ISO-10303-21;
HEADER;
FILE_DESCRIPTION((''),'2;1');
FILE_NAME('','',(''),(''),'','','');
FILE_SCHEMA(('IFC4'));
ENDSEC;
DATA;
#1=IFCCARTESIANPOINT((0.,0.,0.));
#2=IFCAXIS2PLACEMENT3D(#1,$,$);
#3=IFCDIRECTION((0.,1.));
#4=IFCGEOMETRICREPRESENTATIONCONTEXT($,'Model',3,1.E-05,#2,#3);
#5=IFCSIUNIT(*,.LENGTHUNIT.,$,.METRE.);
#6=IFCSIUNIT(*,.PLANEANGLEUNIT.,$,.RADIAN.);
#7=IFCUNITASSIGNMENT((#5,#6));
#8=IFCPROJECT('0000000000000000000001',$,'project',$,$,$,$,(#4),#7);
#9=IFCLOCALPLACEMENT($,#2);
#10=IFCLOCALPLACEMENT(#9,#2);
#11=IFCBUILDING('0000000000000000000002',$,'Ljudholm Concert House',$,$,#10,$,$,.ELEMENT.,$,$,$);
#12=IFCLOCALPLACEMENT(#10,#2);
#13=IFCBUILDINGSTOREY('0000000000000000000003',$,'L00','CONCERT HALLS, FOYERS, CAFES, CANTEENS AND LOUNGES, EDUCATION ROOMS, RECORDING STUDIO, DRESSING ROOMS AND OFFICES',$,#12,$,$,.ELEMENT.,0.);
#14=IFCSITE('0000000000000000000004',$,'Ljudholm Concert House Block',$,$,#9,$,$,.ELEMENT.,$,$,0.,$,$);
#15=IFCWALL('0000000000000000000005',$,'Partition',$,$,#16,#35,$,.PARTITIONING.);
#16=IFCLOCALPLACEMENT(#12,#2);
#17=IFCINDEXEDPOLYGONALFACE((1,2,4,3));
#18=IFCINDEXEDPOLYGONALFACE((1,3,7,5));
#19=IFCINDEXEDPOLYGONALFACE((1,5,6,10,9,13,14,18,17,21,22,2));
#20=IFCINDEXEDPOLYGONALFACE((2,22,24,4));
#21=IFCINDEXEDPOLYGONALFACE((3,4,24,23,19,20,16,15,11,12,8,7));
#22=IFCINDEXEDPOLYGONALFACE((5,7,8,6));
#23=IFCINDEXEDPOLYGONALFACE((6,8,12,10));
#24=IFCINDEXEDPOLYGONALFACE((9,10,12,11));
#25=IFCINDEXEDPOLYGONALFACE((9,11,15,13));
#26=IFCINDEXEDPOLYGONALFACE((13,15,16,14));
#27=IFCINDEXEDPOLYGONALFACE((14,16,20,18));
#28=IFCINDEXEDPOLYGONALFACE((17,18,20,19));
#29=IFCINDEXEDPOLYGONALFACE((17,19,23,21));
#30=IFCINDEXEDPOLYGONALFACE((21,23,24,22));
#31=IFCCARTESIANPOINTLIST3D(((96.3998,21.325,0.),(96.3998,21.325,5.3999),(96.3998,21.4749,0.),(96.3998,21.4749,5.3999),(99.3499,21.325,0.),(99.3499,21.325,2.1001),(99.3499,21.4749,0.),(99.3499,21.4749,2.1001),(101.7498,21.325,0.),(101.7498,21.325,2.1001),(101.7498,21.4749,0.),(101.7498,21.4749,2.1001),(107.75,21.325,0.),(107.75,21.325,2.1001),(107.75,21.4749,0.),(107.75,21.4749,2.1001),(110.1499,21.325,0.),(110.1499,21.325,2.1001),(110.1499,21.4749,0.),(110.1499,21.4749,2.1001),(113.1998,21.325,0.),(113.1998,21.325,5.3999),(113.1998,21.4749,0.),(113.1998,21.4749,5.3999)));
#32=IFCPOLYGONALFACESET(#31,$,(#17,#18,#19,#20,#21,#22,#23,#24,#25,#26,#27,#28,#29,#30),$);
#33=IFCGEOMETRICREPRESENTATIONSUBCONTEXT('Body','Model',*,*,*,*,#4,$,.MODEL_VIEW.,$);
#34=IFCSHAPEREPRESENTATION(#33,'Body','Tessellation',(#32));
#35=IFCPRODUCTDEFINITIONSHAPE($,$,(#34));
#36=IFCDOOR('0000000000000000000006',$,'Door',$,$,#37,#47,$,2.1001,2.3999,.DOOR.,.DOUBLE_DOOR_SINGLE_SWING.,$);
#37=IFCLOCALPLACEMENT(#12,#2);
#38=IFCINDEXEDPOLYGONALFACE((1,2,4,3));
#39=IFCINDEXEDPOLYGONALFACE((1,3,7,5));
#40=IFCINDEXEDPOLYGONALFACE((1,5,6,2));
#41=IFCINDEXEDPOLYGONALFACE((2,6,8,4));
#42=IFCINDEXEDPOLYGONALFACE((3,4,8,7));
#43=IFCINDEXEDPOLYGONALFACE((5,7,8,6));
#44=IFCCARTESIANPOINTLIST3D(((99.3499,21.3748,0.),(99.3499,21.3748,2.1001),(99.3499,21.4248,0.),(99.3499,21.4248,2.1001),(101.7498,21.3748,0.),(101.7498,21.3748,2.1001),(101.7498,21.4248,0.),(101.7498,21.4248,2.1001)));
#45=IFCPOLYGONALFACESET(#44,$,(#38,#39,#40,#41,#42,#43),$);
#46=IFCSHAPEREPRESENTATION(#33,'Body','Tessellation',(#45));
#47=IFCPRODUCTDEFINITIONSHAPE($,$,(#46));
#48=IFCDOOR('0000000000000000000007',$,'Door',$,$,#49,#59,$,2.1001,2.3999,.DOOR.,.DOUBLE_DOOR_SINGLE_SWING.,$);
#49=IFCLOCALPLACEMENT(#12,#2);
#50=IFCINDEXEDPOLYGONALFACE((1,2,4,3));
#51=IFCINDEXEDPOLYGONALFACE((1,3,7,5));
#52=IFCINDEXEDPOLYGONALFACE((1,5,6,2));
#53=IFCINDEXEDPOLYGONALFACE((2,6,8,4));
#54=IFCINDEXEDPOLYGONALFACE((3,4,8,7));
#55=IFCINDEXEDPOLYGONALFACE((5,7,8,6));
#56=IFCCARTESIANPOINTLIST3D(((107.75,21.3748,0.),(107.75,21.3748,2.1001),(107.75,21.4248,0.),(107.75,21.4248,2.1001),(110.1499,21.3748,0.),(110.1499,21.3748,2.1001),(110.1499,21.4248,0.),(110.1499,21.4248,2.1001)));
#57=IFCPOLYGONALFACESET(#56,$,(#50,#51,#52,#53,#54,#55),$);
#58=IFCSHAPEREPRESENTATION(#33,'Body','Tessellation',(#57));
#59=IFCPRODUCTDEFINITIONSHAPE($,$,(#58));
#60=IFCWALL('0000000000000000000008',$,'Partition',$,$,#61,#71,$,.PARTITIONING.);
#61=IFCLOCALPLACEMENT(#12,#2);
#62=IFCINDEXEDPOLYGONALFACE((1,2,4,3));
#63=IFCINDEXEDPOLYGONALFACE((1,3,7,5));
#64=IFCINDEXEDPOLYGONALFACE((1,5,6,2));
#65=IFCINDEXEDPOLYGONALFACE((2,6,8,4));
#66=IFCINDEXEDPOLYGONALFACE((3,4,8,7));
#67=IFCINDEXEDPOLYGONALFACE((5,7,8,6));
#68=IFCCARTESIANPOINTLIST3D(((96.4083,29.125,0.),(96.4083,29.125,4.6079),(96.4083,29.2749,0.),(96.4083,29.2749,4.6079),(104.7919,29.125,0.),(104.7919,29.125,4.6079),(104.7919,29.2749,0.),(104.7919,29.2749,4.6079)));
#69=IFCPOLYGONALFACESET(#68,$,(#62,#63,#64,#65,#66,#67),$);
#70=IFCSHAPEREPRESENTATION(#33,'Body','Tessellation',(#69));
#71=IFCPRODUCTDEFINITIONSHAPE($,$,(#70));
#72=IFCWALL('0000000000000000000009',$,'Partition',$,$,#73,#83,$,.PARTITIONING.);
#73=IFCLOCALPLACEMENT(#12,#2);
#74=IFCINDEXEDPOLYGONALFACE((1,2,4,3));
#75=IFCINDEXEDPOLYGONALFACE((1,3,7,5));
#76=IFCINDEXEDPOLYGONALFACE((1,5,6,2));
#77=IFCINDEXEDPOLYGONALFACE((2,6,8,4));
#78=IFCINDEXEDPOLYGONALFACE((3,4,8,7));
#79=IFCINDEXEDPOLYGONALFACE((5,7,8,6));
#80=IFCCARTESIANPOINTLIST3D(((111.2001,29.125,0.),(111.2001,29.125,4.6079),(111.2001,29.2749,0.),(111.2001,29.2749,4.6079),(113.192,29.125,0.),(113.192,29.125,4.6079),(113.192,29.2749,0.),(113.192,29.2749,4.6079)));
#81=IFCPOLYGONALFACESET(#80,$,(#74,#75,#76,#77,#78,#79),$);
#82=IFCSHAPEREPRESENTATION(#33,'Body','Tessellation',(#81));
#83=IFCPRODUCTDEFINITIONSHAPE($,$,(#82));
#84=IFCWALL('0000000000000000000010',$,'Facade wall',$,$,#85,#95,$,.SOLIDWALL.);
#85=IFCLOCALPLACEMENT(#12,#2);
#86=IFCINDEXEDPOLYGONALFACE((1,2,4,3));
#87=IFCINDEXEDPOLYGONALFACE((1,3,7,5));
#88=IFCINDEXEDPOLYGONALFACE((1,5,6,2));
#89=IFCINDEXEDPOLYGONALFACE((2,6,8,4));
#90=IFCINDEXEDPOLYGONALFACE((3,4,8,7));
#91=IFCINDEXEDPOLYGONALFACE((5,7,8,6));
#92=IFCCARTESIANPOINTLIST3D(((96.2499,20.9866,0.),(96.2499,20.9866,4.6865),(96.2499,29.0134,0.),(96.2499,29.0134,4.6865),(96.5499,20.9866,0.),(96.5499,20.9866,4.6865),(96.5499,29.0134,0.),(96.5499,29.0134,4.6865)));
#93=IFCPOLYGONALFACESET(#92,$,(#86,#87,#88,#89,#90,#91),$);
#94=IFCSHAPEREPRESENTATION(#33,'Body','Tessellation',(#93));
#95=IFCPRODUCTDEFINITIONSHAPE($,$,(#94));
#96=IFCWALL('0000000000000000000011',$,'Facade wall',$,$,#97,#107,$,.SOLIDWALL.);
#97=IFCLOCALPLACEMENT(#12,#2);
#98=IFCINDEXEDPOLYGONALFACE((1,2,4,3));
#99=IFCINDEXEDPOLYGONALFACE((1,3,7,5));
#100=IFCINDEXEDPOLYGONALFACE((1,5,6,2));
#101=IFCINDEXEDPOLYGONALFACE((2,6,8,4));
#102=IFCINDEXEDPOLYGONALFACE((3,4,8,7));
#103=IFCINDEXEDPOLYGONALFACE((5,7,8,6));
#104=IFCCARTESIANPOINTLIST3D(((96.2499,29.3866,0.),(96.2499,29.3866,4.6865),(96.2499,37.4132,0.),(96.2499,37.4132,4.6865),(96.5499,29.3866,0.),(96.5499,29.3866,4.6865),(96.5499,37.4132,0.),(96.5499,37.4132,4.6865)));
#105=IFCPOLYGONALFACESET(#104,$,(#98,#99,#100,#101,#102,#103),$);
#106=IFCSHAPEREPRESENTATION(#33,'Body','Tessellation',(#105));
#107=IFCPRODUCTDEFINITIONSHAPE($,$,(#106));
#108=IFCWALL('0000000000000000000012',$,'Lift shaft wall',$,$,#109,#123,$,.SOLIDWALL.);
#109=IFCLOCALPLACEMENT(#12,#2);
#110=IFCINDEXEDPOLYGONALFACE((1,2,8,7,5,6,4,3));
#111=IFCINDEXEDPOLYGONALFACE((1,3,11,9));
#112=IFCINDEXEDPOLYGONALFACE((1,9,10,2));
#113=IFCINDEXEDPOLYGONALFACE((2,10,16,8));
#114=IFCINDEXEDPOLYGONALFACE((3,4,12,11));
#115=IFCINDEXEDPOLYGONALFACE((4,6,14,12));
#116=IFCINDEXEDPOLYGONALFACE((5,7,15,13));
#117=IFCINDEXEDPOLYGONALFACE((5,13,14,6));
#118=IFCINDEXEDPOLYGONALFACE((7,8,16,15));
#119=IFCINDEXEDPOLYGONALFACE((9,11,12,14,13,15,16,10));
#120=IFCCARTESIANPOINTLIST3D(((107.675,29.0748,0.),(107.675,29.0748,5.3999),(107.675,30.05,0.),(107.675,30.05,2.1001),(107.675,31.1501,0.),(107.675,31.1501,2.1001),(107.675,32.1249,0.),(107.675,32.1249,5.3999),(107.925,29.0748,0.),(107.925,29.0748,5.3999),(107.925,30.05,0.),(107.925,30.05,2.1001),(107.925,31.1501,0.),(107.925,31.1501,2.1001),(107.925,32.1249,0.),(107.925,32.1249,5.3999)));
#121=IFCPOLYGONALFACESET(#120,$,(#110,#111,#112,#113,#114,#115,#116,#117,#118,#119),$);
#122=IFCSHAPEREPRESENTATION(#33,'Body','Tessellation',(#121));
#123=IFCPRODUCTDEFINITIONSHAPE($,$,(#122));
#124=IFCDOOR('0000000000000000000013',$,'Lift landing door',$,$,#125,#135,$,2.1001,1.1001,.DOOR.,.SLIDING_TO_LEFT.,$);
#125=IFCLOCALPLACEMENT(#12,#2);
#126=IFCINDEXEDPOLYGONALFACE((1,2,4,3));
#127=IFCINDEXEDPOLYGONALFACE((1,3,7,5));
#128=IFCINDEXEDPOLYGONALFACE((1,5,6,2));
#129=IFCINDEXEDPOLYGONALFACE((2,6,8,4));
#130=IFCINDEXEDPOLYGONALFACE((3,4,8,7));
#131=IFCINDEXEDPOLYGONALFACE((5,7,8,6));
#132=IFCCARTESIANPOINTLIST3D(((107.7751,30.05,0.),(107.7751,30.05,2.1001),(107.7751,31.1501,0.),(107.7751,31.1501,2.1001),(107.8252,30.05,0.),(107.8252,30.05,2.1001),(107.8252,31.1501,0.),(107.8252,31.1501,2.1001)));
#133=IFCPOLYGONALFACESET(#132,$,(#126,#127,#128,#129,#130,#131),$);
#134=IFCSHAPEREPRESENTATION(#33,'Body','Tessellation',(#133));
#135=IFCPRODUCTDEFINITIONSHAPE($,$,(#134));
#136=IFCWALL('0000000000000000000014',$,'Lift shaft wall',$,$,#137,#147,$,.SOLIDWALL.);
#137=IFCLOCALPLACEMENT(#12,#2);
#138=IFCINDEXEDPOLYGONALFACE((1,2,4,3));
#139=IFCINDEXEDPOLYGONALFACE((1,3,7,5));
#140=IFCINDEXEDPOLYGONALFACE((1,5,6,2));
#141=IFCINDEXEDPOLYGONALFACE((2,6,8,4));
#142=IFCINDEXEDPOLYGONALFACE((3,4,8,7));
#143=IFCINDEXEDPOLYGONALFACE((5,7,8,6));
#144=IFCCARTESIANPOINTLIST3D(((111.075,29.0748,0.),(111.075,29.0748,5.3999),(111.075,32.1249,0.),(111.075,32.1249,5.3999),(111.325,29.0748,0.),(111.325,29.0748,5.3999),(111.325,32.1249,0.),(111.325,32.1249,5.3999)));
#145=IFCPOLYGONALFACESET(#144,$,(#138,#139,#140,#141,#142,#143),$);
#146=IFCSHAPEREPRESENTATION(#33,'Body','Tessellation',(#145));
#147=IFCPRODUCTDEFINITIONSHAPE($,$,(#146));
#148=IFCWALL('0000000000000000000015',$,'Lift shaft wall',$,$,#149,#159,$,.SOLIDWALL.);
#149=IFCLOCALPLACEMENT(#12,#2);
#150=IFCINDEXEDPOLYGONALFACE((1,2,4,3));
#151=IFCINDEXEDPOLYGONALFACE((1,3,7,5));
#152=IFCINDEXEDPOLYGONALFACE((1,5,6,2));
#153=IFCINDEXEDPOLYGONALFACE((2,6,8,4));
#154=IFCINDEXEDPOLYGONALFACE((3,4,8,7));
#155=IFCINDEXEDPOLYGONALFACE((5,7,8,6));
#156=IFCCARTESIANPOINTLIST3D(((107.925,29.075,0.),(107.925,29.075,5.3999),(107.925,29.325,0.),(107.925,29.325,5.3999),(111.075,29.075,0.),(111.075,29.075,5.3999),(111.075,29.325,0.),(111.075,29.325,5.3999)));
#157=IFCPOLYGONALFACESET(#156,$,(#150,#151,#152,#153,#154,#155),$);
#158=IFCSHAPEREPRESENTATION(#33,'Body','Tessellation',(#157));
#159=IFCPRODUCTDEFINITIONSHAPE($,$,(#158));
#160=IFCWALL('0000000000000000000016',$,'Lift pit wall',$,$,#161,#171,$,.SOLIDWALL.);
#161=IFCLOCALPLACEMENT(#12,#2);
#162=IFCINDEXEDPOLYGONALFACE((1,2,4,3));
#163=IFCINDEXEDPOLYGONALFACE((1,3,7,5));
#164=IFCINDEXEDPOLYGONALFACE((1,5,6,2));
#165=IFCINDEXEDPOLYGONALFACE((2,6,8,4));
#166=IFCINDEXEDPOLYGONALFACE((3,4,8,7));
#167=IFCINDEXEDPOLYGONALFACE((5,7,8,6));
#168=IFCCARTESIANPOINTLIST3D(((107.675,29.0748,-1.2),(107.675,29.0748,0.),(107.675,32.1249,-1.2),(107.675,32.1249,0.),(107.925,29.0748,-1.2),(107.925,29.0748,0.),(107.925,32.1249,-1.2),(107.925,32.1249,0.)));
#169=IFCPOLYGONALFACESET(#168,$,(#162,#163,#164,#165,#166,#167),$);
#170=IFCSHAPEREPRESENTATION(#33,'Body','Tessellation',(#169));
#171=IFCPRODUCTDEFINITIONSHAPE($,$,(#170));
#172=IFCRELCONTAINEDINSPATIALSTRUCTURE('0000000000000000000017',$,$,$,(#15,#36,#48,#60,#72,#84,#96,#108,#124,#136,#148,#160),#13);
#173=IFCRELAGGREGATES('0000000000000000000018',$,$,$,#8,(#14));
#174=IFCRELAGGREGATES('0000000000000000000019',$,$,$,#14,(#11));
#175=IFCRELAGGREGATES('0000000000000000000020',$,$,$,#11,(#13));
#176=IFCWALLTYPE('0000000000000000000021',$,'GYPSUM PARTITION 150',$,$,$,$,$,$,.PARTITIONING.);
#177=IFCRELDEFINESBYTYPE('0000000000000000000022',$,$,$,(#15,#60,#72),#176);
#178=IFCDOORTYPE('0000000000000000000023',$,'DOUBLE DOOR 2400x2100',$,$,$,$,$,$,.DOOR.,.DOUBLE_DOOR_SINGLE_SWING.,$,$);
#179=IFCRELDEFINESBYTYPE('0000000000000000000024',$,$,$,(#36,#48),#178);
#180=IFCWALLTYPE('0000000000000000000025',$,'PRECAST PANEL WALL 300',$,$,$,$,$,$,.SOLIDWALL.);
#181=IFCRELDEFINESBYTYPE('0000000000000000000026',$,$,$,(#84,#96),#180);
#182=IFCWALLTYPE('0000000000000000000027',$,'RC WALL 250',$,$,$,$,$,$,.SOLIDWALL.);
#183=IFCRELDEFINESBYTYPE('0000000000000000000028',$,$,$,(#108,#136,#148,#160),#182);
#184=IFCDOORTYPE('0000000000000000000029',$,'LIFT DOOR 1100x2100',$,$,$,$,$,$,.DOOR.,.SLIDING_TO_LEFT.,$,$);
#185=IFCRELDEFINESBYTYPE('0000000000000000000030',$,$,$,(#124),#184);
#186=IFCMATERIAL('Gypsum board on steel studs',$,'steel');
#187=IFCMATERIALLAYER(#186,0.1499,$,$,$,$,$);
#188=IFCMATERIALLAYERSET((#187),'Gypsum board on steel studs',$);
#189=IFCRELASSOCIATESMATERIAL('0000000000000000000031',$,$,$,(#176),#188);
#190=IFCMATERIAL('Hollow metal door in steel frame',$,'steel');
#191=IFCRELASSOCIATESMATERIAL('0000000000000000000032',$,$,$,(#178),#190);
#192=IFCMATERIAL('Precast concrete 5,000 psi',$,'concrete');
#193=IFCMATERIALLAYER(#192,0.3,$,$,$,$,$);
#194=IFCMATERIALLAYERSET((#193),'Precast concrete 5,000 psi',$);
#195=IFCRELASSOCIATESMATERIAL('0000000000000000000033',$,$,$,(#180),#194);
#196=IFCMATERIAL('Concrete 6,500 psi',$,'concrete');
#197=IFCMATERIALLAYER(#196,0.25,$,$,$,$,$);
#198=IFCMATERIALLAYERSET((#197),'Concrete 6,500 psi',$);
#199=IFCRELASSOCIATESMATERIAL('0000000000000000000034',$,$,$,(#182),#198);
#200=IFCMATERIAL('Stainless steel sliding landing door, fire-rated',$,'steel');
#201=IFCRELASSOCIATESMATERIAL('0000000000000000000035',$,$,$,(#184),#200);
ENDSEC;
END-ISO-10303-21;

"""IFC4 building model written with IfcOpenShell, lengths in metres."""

from ifc_helpers import new_model, si_unit, direction, frame, frame_2d, origin, place, context, subcontext, project, spatial, rectangle, extrude, material, layer, layer_set, type_object, element, fill, save


model = new_model("IFC4")

# Units and contexts
model_context = context("Model", 3, precision=1e-05, world=origin(), true_north=direction((0.0, 1.0)))
body_context = subcontext(model_context, "Body", "Model", "MODEL_VIEW")
ifc_project = project(units=[si_unit("LENGTHUNIT", "METRE"), si_unit("PLANEANGLEUNIT", "RADIAN")], contexts=[model_context])

# Site, building, storey
site_placement = place(None, origin())
site = spatial("IfcSite", under=ifc_project, at=site_placement, Name="Ljudholm Concert House Block", CompositionType="ELEMENT", RefElevation=0.0)
building_placement = place(site_placement, origin())
building = spatial("IfcBuilding", under=site, at=building_placement, Name="Ljudholm Concert House", CompositionType="ELEMENT")
storey_placement = place(building_placement, origin())
storey = spatial("IfcBuildingStorey", under=building, at=storey_placement, Name="L00", Description="CONCERT HALLS, FOYERS, CAFES, CANTEENS AND LOUNGES, EDUCATION ROOMS, RECORDING STUDIO, DRESSING ROOMS AND OFFICES", CompositionType="ELEMENT", Elevation=0.0)

# Shared definitions
ifc_material_1 = material(Name="Gypsum board on steel studs", Category="steel")
ifc_layer_1 = layer(ifc_material_1, 0.1499)
ifc_layer_set_1 = layer_set([ifc_layer_1], Name="Gypsum board on steel studs")
wall_type_1 = type_object("IfcWallType", Name="GYPSUM PARTITION 150", PredefinedType="PARTITIONING", material=ifc_layer_set_1)

# Wall, openings, doors
wall_1_placement = place(storey_placement, frame((96.3999, 21.3999, 0.0), z_axis=(0.0, 0.0, 1.0), x_axis=(1.0, 0.0, 0.0)))
wall_1 = element("IfcWall", 1, at=wall_1_placement, inside=storey, type_object=wall_type_1, Name="Partition", PredefinedType="PARTITIONING", context=body_context, shape_type="SweptSolid", body=[
    extrude(rectangle(XDim=16.8, YDim=0.1499, at=frame_2d((8.3999, 0.0))), origin(), (0.0, 0.0, 1.0), 5.3999),
])
opening_1_placement = place(wall_1_placement, frame((2.95, 0.0, 0.0)))
opening_1 = element("IfcOpeningElement", 2, at=opening_1_placement, cuts=wall_1, PredefinedType="OPENING", context=body_context, shape_type="SweptSolid", body=[
    extrude(rectangle(XDim=2.3999, YDim=2.1001, at=frame_2d((1.2, 1.05))), frame((0.0, 0.085, 0.0), z_axis=(0.0, -1.0, 0.0), x_axis=(1.0, 0.0, 0.0)), (0.0, 0.0, 1.0), 0.1699),
])
opening_2_placement = place(wall_1_placement, frame((11.3501, 0.0, 0.0)))
opening_2 = element("IfcOpeningElement", 3, at=opening_2_placement, cuts=wall_1, PredefinedType="OPENING", context=body_context, shape_type="SweptSolid", body=[
    extrude(rectangle(XDim=2.3999, YDim=2.1001, at=frame_2d((1.2, 1.05))), frame((0.0, 0.085, 0.0), z_axis=(0.0, -1.0, 0.0), x_axis=(1.0, 0.0, 0.0)), (0.0, 0.0, 1.0), 0.1699),
])
ifc_material_2 = material(Name="Hollow metal door in steel frame", Category="steel")
door_type_1 = type_object("IfcDoorType", Name="DOUBLE DOOR 2400x2100", OperationType="DOUBLE_DOOR_SINGLE_SWING", PredefinedType="DOOR", material=ifc_material_2)
door_1_placement = place(opening_1_placement, origin())
door_1 = element("IfcDoor", 4, at=door_1_placement, inside=storey, type_object=door_type_1, Name="Door", OperationType="DOUBLE_DOOR_SINGLE_SWING", OverallHeight=2.1001, OverallWidth=2.3999, PredefinedType="DOOR", context=body_context, shape_type="SweptSolid", body=[
    extrude(rectangle(XDim=2.3999, YDim=2.1001, at=frame_2d((1.2, 1.05))), frame((0.0, 0.0249, 0.0), z_axis=(0.0, -1.0, 0.0), x_axis=(1.0, 0.0, 0.0)), (0.0, 0.0, 1.0), 0.05),
])
fill(opening_1, door_1)
door_2_placement = place(opening_2_placement, origin())
door_2 = element("IfcDoor", 5, at=door_2_placement, inside=storey, type_object=door_type_1, Name="Door", OperationType="DOUBLE_DOOR_SINGLE_SWING", OverallHeight=2.1001, OverallWidth=2.3999, PredefinedType="DOOR", context=body_context, shape_type="SweptSolid", body=[
    extrude(rectangle(XDim=2.3999, YDim=2.1001, at=frame_2d((1.2, 1.05))), frame((0.0, 0.0249, 0.0), z_axis=(0.0, -1.0, 0.0), x_axis=(1.0, 0.0, 0.0)), (0.0, 0.0, 1.0), 0.05),
])
fill(opening_2, door_2)

# Walls
wall_2_placement = place(storey_placement, frame((96.4082, 29.2, 0.0), z_axis=(0.0, 0.0, 1.0), x_axis=(1.0, 0.0, 0.0)))
element("IfcWall", 6, at=wall_2_placement, inside=storey, type_object=wall_type_1, Name="Partition", PredefinedType="PARTITIONING", context=body_context, shape_type="SweptSolid", body=[
    extrude(rectangle(XDim=8.3835, YDim=0.1499, at=frame_2d((4.1919, 0.0))), origin(), (0.0, 0.0, 1.0), 4.6079),
])
wall_3_placement = place(storey_placement, frame((111.2, 29.2, 0.0), z_axis=(0.0, 0.0, 1.0), x_axis=(1.0, 0.0, 0.0)))
element("IfcWall", 7, at=wall_3_placement, inside=storey, type_object=wall_type_1, Name="Partition", PredefinedType="PARTITIONING", context=body_context, shape_type="SweptSolid", body=[
    extrude(rectangle(XDim=1.9919, YDim=0.1499, at=frame_2d((0.9961, 0.0))), origin(), (0.0, 0.0, 1.0), 4.6079),
])
ifc_material_3 = material(Name="Precast concrete 5,000 psi", Category="concrete")
ifc_layer_2 = layer(ifc_material_3, 0.3)
ifc_layer_set_2 = layer_set([ifc_layer_2], Name="Precast concrete 5,000 psi")
wall_type_2 = type_object("IfcWallType", Name="PRECAST PANEL WALL 300", PredefinedType="SOLIDWALL", material=ifc_layer_set_2)
wall_4_placement = place(storey_placement, frame((96.3999, 20.9866, 0.0), z_axis=(0.0, 0.0, 1.0), x_axis=(0.0, 1.0, 0.0)))
element("IfcWall", 8, at=wall_4_placement, inside=storey, type_object=wall_type_2, Name="Facade wall", PredefinedType="SOLIDWALL", context=body_context, shape_type="SweptSolid", body=[
    extrude(rectangle(XDim=8.0269, YDim=0.3, at=frame_2d((4.0134, 0.0))), origin(), (0.0, 0.0, 1.0), 4.6865),
])
wall_5_placement = place(storey_placement, frame((96.3999, 29.3867, 0.0), z_axis=(0.0, 0.0, 1.0), x_axis=(0.0, 1.0, 0.0)))
element("IfcWall", 9, at=wall_5_placement, inside=storey, type_object=wall_type_2, Name="Facade wall", PredefinedType="SOLIDWALL", context=body_context, shape_type="SweptSolid", body=[
    extrude(rectangle(XDim=8.0266, YDim=0.3, at=frame_2d((4.0132, 0.0))), origin(), (0.0, 0.0, 1.0), 4.6865),
])

# Wall, opening, door
ifc_material_4 = material(Name="Concrete 6,500 psi", Category="concrete")
ifc_layer_3 = layer(ifc_material_4, 0.25)
ifc_layer_set_3 = layer_set([ifc_layer_3], Name="Concrete 6,500 psi")
wall_type_3 = type_object("IfcWallType", Name="RC WALL 250", PredefinedType="SOLIDWALL", material=ifc_layer_set_3)
wall_6_placement = place(storey_placement, frame((107.8, 29.075, 0.0), z_axis=(0.0, 0.0, 1.0), x_axis=(0.0, 1.0, 0.0)))
wall_6 = element("IfcWall", 10, at=wall_6_placement, inside=storey, type_object=wall_type_3, Name="Lift shaft wall", PredefinedType="SOLIDWALL", context=body_context, shape_type="SweptSolid", body=[
    extrude(rectangle(XDim=3.05, YDim=0.25, at=frame_2d((1.5249, 0.0))), origin(), (0.0, 0.0, 1.0), 5.3999),
])
opening_3_placement = place(wall_6_placement, frame((0.9751, 0.0, 0.0)))
opening_3 = element("IfcOpeningElement", 11, at=opening_3_placement, cuts=wall_6, PredefinedType="OPENING", context=body_context, shape_type="SweptSolid", body=[
    extrude(rectangle(XDim=1.1001, YDim=2.1001, at=frame_2d((0.55, 1.05))), frame((0.0, 0.135, 0.0), z_axis=(0.0, -1.0, 0.0), x_axis=(1.0, 0.0, 0.0)), (0.0, 0.0, 1.0), 0.27),
])
ifc_material_5 = material(Name="Stainless steel sliding landing door, fire-rated", Category="steel")
door_type_2 = type_object("IfcDoorType", Name="LIFT DOOR 1100x2100", OperationType="SLIDING_TO_LEFT", PredefinedType="DOOR", material=ifc_material_5)
door_3_placement = place(opening_3_placement, origin())
door_3 = element("IfcDoor", 12, at=door_3_placement, inside=storey, type_object=door_type_2, Name="Lift landing door", OperationType="SLIDING_TO_LEFT", OverallHeight=2.1001, OverallWidth=1.1001, PredefinedType="DOOR", context=body_context, shape_type="SweptSolid", body=[
    extrude(rectangle(XDim=1.1001, YDim=2.1001, at=frame_2d((0.55, 1.05))), frame((0.0, 0.0249, 0.0), z_axis=(0.0, -1.0, 0.0), x_axis=(1.0, 0.0, 0.0)), (0.0, 0.0, 1.0), 0.05),
])
fill(opening_3, door_3)

# Walls
wall_7_placement = place(storey_placement, frame((111.2, 29.075, 0.0), z_axis=(0.0, 0.0, 1.0), x_axis=(0.0, 1.0, 0.0)))
element("IfcWall", 13, at=wall_7_placement, inside=storey, type_object=wall_type_3, Name="Lift shaft wall", PredefinedType="SOLIDWALL", context=body_context, shape_type="SweptSolid", body=[
    extrude(rectangle(XDim=3.05, YDim=0.25, at=frame_2d((1.5249, 0.0))), origin(), (0.0, 0.0, 1.0), 5.3999),
])
wall_8_placement = place(storey_placement, frame((107.925, 29.2, 0.0), z_axis=(0.0, 0.0, 1.0), x_axis=(1.0, 0.0, 0.0)))
element("IfcWall", 14, at=wall_8_placement, inside=storey, type_object=wall_type_3, Name="Lift shaft wall", PredefinedType="SOLIDWALL", context=body_context, shape_type="SweptSolid", body=[
    extrude(rectangle(XDim=3.1499, YDim=0.25, at=frame_2d((1.575, 0.0))), origin(), (0.0, 0.0, 1.0), 5.3999),
])
for number, where, z_axis, x_axis, name in (
    (15, (107.8, 29.075, -1.2), (0.0, 0.0, 1.0), (0.0, 1.0, 0.0), "Lift pit wall"),
):
    element("IfcWall", number, at=place(storey_placement, frame(where, z_axis=z_axis, x_axis=x_axis)), inside=storey, type_object=wall_type_3, Name=name, PredefinedType="SOLIDWALL", context=body_context, shape_type="SweptSolid", body=[
        extrude(rectangle(XDim=3.05, YDim=0.25, at=frame_2d((1.5249, 0.0))), origin(), (0.0, 0.0, 1.0), 1.2),
    ])

save(model, "model.ifc")
